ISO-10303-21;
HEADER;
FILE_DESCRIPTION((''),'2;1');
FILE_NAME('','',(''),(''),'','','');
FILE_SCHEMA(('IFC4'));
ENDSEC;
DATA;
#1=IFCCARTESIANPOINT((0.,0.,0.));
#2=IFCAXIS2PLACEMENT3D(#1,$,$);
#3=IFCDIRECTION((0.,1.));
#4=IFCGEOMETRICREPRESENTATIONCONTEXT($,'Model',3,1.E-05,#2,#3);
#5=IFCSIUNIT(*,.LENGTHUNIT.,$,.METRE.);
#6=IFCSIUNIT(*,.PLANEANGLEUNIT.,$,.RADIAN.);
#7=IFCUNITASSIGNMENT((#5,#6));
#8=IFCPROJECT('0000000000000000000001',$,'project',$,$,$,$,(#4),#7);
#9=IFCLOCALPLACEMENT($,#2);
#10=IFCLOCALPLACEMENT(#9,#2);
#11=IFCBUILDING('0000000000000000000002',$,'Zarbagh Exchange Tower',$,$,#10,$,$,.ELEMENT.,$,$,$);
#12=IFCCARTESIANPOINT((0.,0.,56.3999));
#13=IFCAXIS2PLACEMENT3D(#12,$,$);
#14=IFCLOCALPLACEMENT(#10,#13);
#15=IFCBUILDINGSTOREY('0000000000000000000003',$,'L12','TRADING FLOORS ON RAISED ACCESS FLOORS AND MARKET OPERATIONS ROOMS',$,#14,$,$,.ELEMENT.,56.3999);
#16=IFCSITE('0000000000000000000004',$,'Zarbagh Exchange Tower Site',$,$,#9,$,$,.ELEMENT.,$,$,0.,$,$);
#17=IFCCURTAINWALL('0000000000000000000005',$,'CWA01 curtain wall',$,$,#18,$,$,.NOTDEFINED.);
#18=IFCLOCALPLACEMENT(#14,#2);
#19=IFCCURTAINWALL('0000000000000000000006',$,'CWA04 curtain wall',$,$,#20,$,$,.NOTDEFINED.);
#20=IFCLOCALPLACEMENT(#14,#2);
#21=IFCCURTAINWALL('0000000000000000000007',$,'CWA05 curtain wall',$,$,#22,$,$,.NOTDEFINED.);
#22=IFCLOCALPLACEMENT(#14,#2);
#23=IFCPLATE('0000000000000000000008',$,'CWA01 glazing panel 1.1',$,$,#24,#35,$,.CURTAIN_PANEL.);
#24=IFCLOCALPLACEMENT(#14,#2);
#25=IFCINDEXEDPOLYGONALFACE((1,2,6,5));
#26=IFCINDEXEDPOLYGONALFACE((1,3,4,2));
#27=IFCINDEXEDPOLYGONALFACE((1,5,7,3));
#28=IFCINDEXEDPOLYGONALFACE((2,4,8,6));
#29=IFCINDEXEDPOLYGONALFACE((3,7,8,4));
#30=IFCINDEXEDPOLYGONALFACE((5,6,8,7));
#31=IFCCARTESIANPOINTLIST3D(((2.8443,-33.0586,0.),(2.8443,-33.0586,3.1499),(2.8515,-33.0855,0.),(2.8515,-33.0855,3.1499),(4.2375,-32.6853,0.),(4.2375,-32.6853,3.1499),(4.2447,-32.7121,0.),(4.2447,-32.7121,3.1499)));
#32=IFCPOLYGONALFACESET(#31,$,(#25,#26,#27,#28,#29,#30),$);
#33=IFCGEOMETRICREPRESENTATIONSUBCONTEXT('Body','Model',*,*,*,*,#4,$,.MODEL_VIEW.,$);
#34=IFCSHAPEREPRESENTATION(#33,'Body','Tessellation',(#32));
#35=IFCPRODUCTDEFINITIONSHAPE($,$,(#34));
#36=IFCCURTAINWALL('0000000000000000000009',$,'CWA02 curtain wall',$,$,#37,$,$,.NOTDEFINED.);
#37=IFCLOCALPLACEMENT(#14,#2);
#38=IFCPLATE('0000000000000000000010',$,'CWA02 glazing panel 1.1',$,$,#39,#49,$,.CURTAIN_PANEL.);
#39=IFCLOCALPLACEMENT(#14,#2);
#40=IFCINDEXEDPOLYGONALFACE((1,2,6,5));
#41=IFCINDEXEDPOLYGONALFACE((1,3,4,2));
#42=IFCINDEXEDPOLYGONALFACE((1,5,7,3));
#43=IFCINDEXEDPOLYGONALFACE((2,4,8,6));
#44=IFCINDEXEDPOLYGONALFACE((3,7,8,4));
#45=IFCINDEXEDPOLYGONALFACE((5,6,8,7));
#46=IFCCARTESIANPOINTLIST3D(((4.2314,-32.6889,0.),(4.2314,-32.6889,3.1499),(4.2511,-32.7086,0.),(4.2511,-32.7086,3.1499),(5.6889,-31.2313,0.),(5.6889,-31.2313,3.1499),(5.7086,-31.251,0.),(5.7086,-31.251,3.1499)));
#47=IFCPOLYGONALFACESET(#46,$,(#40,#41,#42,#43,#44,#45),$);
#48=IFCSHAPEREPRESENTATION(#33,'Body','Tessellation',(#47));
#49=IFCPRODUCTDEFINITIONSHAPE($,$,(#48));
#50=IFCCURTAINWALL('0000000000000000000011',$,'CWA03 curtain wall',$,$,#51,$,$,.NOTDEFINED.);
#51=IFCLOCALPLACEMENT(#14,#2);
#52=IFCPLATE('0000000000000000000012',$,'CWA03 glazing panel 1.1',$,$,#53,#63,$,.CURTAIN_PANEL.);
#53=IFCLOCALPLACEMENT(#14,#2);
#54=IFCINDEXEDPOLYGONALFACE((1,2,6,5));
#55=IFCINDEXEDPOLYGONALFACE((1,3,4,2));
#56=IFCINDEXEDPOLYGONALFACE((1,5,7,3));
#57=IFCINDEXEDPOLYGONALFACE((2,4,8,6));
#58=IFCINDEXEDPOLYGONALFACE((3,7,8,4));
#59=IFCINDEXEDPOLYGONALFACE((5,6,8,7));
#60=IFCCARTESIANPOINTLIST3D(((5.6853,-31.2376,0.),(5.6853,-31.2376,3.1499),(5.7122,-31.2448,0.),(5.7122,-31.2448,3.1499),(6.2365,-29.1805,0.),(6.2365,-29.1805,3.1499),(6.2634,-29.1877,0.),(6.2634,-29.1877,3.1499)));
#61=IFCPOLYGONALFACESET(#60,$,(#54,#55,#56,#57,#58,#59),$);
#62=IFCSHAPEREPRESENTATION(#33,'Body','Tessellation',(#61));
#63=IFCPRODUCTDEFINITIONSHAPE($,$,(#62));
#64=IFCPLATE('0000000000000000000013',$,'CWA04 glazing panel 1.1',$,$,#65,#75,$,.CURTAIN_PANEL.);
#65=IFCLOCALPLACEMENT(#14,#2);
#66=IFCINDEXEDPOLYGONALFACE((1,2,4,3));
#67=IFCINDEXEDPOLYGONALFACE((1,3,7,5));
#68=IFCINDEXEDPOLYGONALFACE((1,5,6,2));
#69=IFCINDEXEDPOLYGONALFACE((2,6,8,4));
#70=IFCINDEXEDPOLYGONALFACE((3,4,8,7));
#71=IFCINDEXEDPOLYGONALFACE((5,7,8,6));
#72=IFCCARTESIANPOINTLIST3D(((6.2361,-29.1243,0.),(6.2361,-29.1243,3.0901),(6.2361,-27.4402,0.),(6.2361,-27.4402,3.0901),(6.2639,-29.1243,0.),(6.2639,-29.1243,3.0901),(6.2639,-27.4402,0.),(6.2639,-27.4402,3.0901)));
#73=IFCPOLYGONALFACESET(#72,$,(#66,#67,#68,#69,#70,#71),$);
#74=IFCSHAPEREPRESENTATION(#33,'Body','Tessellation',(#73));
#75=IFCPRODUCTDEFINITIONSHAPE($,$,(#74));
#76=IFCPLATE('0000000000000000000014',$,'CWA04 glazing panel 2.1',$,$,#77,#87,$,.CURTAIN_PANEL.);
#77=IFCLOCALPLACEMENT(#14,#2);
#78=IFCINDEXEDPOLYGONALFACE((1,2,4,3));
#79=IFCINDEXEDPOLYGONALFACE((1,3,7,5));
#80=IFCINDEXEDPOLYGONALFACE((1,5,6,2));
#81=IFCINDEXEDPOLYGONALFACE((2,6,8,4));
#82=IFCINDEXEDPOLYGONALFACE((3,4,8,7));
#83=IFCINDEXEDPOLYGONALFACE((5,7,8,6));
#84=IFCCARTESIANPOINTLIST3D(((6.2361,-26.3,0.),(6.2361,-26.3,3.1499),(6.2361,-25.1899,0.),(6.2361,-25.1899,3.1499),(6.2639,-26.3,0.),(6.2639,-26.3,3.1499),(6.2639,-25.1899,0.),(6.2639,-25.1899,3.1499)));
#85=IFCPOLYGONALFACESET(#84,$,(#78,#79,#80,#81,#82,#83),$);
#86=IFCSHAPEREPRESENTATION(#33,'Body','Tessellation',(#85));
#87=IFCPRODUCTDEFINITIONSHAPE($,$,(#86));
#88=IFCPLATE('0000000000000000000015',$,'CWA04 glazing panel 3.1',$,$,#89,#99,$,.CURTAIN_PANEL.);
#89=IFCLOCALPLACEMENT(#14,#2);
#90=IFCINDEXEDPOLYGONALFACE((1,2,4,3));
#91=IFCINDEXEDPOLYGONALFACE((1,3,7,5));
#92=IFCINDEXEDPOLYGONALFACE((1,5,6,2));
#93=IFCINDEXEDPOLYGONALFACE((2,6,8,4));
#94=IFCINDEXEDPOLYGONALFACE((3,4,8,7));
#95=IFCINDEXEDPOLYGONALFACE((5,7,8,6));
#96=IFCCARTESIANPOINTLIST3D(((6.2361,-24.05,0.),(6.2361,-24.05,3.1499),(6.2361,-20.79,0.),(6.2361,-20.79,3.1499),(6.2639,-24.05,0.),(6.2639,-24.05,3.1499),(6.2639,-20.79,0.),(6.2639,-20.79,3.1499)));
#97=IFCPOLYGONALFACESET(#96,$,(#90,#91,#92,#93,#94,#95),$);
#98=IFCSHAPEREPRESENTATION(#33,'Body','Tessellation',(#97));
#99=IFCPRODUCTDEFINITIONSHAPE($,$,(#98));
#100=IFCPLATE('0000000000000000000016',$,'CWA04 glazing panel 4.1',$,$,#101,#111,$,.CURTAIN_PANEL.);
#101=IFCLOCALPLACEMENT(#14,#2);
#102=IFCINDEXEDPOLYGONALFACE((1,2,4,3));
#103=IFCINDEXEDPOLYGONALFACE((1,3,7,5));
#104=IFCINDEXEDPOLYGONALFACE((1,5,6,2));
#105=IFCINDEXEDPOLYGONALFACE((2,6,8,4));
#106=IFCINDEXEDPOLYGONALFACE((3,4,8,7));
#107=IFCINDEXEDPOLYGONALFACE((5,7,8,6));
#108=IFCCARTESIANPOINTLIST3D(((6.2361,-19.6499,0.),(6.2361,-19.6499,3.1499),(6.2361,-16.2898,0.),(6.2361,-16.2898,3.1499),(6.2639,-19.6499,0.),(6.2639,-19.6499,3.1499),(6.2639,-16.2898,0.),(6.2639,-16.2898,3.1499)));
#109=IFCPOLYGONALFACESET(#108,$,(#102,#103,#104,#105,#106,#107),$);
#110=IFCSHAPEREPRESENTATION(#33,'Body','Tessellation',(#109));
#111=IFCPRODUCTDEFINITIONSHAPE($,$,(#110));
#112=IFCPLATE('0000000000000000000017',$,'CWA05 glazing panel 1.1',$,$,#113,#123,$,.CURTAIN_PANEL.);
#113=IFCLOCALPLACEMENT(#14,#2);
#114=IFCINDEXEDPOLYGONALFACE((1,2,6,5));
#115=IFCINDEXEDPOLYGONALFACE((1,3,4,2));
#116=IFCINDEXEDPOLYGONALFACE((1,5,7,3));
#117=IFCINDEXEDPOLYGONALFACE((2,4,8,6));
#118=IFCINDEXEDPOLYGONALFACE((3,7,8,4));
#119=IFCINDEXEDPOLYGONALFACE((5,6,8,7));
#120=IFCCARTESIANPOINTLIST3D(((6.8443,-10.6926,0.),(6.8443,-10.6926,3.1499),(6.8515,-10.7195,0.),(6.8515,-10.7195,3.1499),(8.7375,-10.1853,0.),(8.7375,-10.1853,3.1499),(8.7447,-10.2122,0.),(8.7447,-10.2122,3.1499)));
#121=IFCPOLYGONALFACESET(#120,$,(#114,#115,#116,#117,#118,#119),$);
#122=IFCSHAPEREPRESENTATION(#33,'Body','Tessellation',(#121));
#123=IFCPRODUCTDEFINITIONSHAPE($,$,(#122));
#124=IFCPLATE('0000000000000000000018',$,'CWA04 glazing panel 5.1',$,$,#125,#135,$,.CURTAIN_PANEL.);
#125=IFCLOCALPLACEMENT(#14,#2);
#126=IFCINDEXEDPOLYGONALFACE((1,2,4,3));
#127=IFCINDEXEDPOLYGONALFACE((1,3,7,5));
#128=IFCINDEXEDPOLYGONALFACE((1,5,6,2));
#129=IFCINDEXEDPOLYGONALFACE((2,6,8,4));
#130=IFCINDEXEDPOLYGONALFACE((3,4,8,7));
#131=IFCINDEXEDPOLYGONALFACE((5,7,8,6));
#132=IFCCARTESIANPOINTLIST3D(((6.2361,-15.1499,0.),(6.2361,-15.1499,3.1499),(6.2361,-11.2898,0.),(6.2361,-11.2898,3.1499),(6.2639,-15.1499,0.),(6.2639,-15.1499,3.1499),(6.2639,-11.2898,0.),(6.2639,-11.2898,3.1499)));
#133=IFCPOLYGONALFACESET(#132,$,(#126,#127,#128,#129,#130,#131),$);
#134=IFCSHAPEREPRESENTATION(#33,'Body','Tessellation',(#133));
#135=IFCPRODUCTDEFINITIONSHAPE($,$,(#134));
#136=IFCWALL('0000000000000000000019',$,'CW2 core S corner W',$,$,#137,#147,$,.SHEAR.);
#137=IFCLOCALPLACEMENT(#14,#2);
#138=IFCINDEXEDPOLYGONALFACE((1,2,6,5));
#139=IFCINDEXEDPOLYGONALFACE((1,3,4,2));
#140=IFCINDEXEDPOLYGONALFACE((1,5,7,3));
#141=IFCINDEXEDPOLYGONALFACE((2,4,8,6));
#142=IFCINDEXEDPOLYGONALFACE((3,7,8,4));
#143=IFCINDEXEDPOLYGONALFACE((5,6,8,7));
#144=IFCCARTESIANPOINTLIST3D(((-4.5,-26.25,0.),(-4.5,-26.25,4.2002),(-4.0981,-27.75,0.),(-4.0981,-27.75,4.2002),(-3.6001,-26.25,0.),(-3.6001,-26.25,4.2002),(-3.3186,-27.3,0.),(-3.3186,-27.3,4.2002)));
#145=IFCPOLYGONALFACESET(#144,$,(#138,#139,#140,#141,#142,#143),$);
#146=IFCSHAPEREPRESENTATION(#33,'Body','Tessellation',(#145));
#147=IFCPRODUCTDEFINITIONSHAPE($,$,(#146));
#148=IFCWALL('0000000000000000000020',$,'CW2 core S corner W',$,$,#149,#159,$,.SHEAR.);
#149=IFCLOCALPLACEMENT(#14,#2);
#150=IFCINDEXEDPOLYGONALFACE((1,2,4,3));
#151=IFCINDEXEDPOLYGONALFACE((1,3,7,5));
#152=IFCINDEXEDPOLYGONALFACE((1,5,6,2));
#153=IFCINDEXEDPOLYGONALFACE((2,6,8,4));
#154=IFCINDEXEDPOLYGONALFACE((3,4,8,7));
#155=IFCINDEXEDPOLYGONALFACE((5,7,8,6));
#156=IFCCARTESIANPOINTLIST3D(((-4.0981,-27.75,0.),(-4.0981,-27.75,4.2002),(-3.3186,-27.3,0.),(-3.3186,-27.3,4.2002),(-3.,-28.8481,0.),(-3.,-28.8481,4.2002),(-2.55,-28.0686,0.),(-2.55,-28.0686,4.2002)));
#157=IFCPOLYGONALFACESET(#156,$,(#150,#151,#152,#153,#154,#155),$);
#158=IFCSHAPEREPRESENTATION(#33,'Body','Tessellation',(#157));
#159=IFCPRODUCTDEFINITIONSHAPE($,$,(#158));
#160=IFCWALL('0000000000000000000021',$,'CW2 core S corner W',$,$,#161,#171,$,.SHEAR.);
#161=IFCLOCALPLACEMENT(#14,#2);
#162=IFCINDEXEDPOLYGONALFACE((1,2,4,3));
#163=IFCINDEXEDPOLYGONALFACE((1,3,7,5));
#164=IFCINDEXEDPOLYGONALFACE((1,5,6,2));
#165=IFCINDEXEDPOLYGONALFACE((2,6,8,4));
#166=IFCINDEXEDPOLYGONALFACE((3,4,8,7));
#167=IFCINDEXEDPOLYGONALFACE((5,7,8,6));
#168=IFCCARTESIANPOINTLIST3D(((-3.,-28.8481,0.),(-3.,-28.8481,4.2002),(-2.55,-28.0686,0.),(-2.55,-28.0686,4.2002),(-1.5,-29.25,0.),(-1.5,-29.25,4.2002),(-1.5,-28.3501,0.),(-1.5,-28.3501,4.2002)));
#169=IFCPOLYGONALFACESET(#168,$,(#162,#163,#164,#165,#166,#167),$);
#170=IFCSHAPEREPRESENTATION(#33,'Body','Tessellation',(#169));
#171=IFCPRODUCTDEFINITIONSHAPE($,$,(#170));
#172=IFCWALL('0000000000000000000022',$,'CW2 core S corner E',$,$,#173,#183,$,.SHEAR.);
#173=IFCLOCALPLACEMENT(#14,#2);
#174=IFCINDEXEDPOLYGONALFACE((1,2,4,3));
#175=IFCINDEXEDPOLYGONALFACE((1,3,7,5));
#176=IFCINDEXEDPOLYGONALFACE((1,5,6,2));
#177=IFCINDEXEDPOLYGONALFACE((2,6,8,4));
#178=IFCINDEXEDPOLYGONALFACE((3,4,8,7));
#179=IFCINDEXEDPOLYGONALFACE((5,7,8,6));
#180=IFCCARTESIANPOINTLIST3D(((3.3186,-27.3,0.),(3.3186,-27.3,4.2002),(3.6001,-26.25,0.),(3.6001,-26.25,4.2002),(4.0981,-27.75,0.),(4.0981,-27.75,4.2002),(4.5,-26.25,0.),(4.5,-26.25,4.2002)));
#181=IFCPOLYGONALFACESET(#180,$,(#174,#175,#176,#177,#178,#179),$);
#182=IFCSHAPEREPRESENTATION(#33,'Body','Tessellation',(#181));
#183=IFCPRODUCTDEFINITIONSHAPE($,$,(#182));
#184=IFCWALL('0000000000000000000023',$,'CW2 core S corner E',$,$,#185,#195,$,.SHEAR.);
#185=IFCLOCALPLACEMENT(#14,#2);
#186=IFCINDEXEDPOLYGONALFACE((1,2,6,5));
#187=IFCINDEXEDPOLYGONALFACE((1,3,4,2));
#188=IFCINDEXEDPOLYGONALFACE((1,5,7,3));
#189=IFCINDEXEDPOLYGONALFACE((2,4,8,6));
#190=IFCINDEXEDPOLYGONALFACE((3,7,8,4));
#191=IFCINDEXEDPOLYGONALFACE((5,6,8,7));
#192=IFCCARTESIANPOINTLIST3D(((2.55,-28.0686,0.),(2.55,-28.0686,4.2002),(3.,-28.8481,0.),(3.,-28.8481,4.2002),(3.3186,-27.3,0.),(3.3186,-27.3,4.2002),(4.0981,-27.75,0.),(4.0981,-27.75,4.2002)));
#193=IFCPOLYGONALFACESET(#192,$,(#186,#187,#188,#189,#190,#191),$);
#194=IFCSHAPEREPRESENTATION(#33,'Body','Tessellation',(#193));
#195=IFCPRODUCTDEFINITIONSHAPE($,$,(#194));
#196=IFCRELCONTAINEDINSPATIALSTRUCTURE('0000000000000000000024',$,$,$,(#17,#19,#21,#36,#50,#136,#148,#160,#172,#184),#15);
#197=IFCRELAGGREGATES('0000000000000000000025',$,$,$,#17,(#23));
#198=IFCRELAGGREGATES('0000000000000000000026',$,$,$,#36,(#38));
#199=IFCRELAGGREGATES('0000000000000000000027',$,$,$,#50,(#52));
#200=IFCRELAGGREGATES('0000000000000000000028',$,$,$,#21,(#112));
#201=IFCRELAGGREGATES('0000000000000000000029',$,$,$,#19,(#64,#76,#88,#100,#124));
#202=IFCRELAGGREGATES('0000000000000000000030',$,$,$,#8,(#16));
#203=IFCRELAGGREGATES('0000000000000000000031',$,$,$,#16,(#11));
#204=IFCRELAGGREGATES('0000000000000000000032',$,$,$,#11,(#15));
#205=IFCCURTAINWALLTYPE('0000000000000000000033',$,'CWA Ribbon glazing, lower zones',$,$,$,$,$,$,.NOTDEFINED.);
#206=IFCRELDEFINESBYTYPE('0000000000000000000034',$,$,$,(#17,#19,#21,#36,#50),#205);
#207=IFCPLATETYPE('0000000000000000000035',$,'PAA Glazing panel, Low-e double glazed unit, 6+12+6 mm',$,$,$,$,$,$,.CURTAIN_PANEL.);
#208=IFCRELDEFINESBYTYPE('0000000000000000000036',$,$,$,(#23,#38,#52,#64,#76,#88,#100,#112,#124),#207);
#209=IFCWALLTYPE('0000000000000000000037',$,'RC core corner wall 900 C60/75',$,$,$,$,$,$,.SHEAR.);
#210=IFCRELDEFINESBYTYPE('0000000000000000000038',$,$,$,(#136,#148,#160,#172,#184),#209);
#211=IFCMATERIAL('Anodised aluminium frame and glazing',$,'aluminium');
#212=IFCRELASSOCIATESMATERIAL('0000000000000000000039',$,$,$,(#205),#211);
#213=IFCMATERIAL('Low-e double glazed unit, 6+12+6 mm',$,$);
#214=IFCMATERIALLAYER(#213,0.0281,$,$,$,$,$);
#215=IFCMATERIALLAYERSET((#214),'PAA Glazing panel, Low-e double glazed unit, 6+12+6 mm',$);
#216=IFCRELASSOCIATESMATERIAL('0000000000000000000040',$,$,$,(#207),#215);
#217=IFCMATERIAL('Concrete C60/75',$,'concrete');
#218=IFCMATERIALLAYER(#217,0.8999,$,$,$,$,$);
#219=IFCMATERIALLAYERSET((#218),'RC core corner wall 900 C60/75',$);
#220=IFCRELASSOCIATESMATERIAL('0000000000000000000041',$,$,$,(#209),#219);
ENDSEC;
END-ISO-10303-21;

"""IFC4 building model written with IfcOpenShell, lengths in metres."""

from ifc_helpers import new_model, si_unit, direction, frame, origin, place, context, subcontext, project, spatial, polyline, outline, extrude, source, transform, mapped, material, layer, layer_set, type_object, element, aggregate, save


model = new_model("IFC4")

# Units and contexts
model_context = context("Model", 3, precision=1e-05, world=origin(), true_north=direction((0.0, 1.0)))
body_context = subcontext(model_context, "Body", "Model", "MODEL_VIEW")
ifc_project = project(units=[si_unit("LENGTHUNIT", "METRE"), si_unit("PLANEANGLEUNIT", "RADIAN")], contexts=[model_context])

# Site, building, storey
site_placement = place(None, origin())
site = spatial("IfcSite", under=ifc_project, at=site_placement, Name="Zarbagh Exchange Tower Site", CompositionType="ELEMENT", RefElevation=0.0)
building_placement = place(site_placement, origin())
building = spatial("IfcBuilding", under=site, at=building_placement, Name="Zarbagh Exchange Tower", CompositionType="ELEMENT")
storey_placement = place(building_placement, frame((0.0, 0.0, 56.3999)))
storey = spatial("IfcBuildingStorey", under=building, at=storey_placement, Name="L12", Description="TRADING FLOORS ON RAISED ACCESS FLOORS AND MARKET OPERATIONS ROOMS", CompositionType="ELEMENT", Elevation=56.3999)

# Curtain wall
ifc_material_1 = material(Name="Anodised aluminium frame and glazing", Category="aluminium")
curtain_wall_type = type_object("IfcCurtainWallType", Name="CWA Ribbon glazing, lower zones", PredefinedType="NOTDEFINED", material=ifc_material_1)
curtain_wall_1_placement = place(storey_placement, origin())
curtain_wall_1 = element("IfcCurtainWall", 1, at=curtain_wall_1_placement, inside=storey, type_object=curtain_wall_type, Name="CWA01 curtain wall", PredefinedType="NOTDEFINED")
placement = place(storey_placement, origin())

# Curtain wall
curtain_wall_2_placement = place(storey_placement, origin())
curtain_wall_2 = element("IfcCurtainWall", 2, at=curtain_wall_2_placement, inside=storey, type_object=curtain_wall_type, Name="CWA04 curtain wall", PredefinedType="NOTDEFINED")

# Curtain wall
curtain_wall_3_placement = place(storey_placement, origin())
curtain_wall_3 = element("IfcCurtainWall", 3, at=curtain_wall_3_placement, inside=storey, type_object=curtain_wall_type, Name="CWA05 curtain wall", PredefinedType="NOTDEFINED")

# Plate
ifc_material_2 = material(Name="Low-e double glazed unit, 6+12+6 mm")
ifc_layer_1 = layer(ifc_material_2, 0.0281)
ifc_layer_set_1 = layer_set([ifc_layer_1], Name="PAA Glazing panel, Low-e double glazed unit, 6+12+6 mm")
plate_type = type_object("IfcPlateType", Name="PAA Glazing panel, Low-e double glazed unit, 6+12+6 mm", PredefinedType="CURTAIN_PANEL", material=ifc_layer_set_1)
shared_shape_1 = source(origin(), body_context, "Body", "SweptSolid", [
    extrude(outline(polyline([(0.0, -0.0139), (1.4424, -0.0139), (1.4424, 0.0139), (0.0, 0.0139), (0.0, -0.0139)])), origin(), (0.0, 0.0, 1.0), 3.1499),
])
plate_1 = element("IfcPlate", 4, at=placement, type_object=plate_type, Name="CWA01 glazing panel 1.1", PredefinedType="CURTAIN_PANEL", context=body_context, shape_type="MappedRepresentation", body=[
    mapped(shared_shape_1, transform((2.8479, -33.072, 0.0), x_axis=(0.965924, 0.258825, 0.0), y_axis=(-0.258825, 0.965924, 0.0), z_axis=(0.0, 0.0, 1.0))),
])
aggregate(curtain_wall_1, [plate_1])

# Curtain walls, plates
curtain_wall_4_placement = place(storey_placement, origin())
curtain_wall_4 = element("IfcCurtainWall", 5, at=curtain_wall_4_placement, inside=storey, type_object=curtain_wall_type, Name="CWA02 curtain wall", PredefinedType="NOTDEFINED")
shared_shape_2 = source(origin(), body_context, "Body", "SweptSolid", [
    extrude(outline(polyline([(0.0, -0.0139), (2.0613, -0.0139), (2.0613, 0.0139), (0.0, 0.0139), (0.0, -0.0139)])), origin(), (0.0, 0.0, 1.0), 3.1499),
])
plate_2 = element("IfcPlate", 6, at=placement, type_object=plate_type, Name="CWA02 glazing panel 1.1", PredefinedType="CURTAIN_PANEL", context=body_context, shape_type="MappedRepresentation", body=[
    mapped(shared_shape_2, transform((4.2412, -32.6987, 0.0), x_axis=(0.707107, 0.707107, 0.0), y_axis=(-0.707107, 0.707107, 0.0), z_axis=(0.0, 0.0, 1.0))),
])
aggregate(curtain_wall_4, [plate_2])
curtain_wall_5_placement = place(storey_placement, origin())
curtain_wall_5 = element("IfcCurtainWall", 7, at=curtain_wall_5_placement, inside=storey, type_object=curtain_wall_type, Name="CWA03 curtain wall", PredefinedType="NOTDEFINED")
shared_shape_3 = source(origin(), body_context, "Body", "SweptSolid", [
    extrude(outline(polyline([(0.0, -0.0139), (2.1296, -0.0139), (2.1296, 0.0139), (0.0, 0.0139), (0.0, -0.0139)])), origin(), (0.0, 0.0, 1.0), 3.1499),
])
plate_3 = element("IfcPlate", 8, at=placement, type_object=plate_type, Name="CWA03 glazing panel 1.1", PredefinedType="CURTAIN_PANEL", context=body_context, shape_type="MappedRepresentation", body=[
    mapped(shared_shape_3, transform((5.6987, -31.2412, 0.0), x_axis=(0.258825, 0.965924, 0.0), y_axis=(-0.965924, 0.258825, 0.0), z_axis=(0.0, 0.0, 1.0))),
])
aggregate(curtain_wall_5, [plate_3])

# Plates
shared_shape_4 = source(origin(), body_context, "Body", "SweptSolid", [
    extrude(outline(polyline([(0.0, -0.0139), (1.6841, -0.0139), (1.6841, 0.0139), (0.0, 0.0139), (0.0, -0.0139)])), origin(), (0.0, 0.0, 1.0), 3.0901),
])
plate_4 = element("IfcPlate", 9, at=placement, type_object=plate_type, Name="CWA04 glazing panel 1.1", PredefinedType="CURTAIN_PANEL", context=body_context, shape_type="MappedRepresentation", body=[
    mapped(shared_shape_4, transform((6.25, -29.1243, 0.0), x_axis=(0.0, 1.0, 0.0), y_axis=(-1.0, 0.0, 0.0), z_axis=(0.0, 0.0, 1.0))),
])
shared_shape_5 = source(origin(), body_context, "Body", "SweptSolid", [
    extrude(outline(polyline([(0.0, -0.0139), (1.1101, -0.0139), (1.1101, 0.0139), (0.0, 0.0139), (0.0, -0.0139)])), origin(), (0.0, 0.0, 1.0), 3.1499),
])
plate_5 = element("IfcPlate", 10, at=placement, type_object=plate_type, Name="CWA04 glazing panel 2.1", PredefinedType="CURTAIN_PANEL", context=body_context, shape_type="MappedRepresentation", body=[
    mapped(shared_shape_5, transform((6.25, -26.3, 0.0), x_axis=(0.0, 1.0, 0.0), y_axis=(-1.0, 0.0, 0.0), z_axis=(0.0, 0.0, 1.0))),
])
shared_shape_6 = source(origin(), body_context, "Body", "SweptSolid", [
    extrude(outline(polyline([(0.0, -0.0139), (3.26, -0.0139), (3.26, 0.0139), (0.0, 0.0139), (0.0, -0.0139)])), origin(), (0.0, 0.0, 1.0), 3.1499),
])
plate_6 = element("IfcPlate", 11, at=placement, type_object=plate_type, Name="CWA04 glazing panel 3.1", PredefinedType="CURTAIN_PANEL", context=body_context, shape_type="MappedRepresentation", body=[
    mapped(shared_shape_6, transform((6.25, -24.05, 0.0), x_axis=(0.0, 1.0, 0.0), y_axis=(-1.0, 0.0, 0.0), z_axis=(0.0, 0.0, 1.0))),
])
shared_shape_7 = source(origin(), body_context, "Body", "SweptSolid", [
    extrude(outline(polyline([(0.0, -0.0139), (3.3601, -0.0139), (3.3601, 0.0139), (0.0, 0.0139), (0.0, -0.0139)])), origin(), (0.0, 0.0, 1.0), 3.1499),
])
plate_7 = element("IfcPlate", 12, at=placement, type_object=plate_type, Name="CWA04 glazing panel 4.1", PredefinedType="CURTAIN_PANEL", context=body_context, shape_type="MappedRepresentation", body=[
    mapped(shared_shape_7, transform((6.25, -19.6499, 0.0), x_axis=(0.0, 1.0, 0.0), y_axis=(-1.0, 0.0, 0.0), z_axis=(0.0, 0.0, 1.0))),
])
shared_shape_8 = source(origin(), body_context, "Body", "SweptSolid", [
    extrude(outline(polyline([(0.0, -0.0139), (1.96, -0.0139), (1.96, 0.0139), (0.0, 0.0139), (0.0, -0.0139)])), origin(), (0.0, 0.0, 1.0), 3.1499),
])
plate_8 = element("IfcPlate", 13, at=placement, type_object=plate_type, Name="CWA05 glazing panel 1.1", PredefinedType="CURTAIN_PANEL", context=body_context, shape_type="MappedRepresentation", body=[
    mapped(shared_shape_8, transform((6.8479, -10.7061, 0.0), x_axis=(0.965924, 0.258825, 0.0), y_axis=(-0.258825, 0.965924, 0.0), z_axis=(0.0, 0.0, 1.0))),
])
aggregate(curtain_wall_3, [plate_8])
shared_shape_9 = source(origin(), body_context, "Body", "SweptSolid", [
    extrude(outline(polyline([(0.0, -0.0139), (3.8601, -0.0139), (3.8601, 0.0139), (0.0, 0.0139), (0.0, -0.0139)])), origin(), (0.0, 0.0, 1.0), 3.1499),
])
plate_9 = element("IfcPlate", 14, at=placement, type_object=plate_type, Name="CWA04 glazing panel 5.1", PredefinedType="CURTAIN_PANEL", context=body_context, shape_type="MappedRepresentation", body=[
    mapped(shared_shape_9, transform((6.25, -15.1499, 0.0), x_axis=(0.0, 1.0, 0.0), y_axis=(-1.0, 0.0, 0.0), z_axis=(0.0, 0.0, 1.0))),
])
aggregate(curtain_wall_2, [plate_4, plate_5, plate_6, plate_7, plate_9])

# Walls
ifc_material_3 = material(Name="Concrete C60/75", Category="concrete")
ifc_layer_2 = layer(ifc_material_3, 0.8999)
ifc_layer_set_2 = layer_set([ifc_layer_2], Name="RC core corner wall 900 C60/75")
wall_type = type_object("IfcWallType", Name="RC core corner wall 900 C60/75", PredefinedType="SHEAR", material=ifc_layer_set_2)
wall_1_placement = place(storey_placement, origin())
element("IfcWall", 15, at=wall_1_placement, inside=storey, type_object=wall_type, Name="CW2 core S corner W", PredefinedType="SHEAR", context=body_context, shape_type="SweptSolid", body=[
    extrude(outline(polyline([(-4.5, -26.25), (-4.0981, -27.75), (-3.3186, -27.3), (-3.6001, -26.25), (-4.5, -26.25)])), origin(), (0.0, 0.0, 1.0), 4.2002),
])
wall_2_placement = place(storey_placement, origin())
element("IfcWall", 16, at=wall_2_placement, inside=storey, type_object=wall_type, Name="CW2 core S corner W", PredefinedType="SHEAR", context=body_context, shape_type="SweptSolid", body=[
    extrude(outline(polyline([(-4.0981, -27.75), (-3.0, -28.8481), (-2.55, -28.0686), (-3.3186, -27.3), (-4.0981, -27.75)])), origin(), (0.0, 0.0, 1.0), 4.2002),
])
wall_3_placement = place(storey_placement, origin())
element("IfcWall", 17, at=wall_3_placement, inside=storey, type_object=wall_type, Name="CW2 core S corner W", PredefinedType="SHEAR", context=body_context, shape_type="SweptSolid", body=[
    extrude(outline(polyline([(-3.0, -28.8481), (-1.5, -29.25), (-1.5, -28.3501), (-2.55, -28.0686), (-3.0, -28.8481)])), origin(), (0.0, 0.0, 1.0), 4.2002),
])
wall_4_placement = place(storey_placement, origin())
element("IfcWall", 18, at=wall_4_placement, inside=storey, type_object=wall_type, Name="CW2 core S corner E", PredefinedType="SHEAR", context=body_context, shape_type="SweptSolid", body=[
    extrude(outline(polyline([(4.5, -26.25), (4.0981, -27.75), (3.3186, -27.3), (3.6001, -26.25), (4.5, -26.25)])), origin(), (0.0, 0.0, 1.0), 4.2002),
])
wall_5_placement = place(storey_placement, origin())
element("IfcWall", 19, at=wall_5_placement, inside=storey, type_object=wall_type, Name="CW2 core S corner E", PredefinedType="SHEAR", context=body_context, shape_type="SweptSolid", body=[
    extrude(outline(polyline([(4.0981, -27.75), (3.0, -28.8481), (2.55, -28.0686), (3.3186, -27.3), (4.0981, -27.75)])), origin(), (0.0, 0.0, 1.0), 4.2002),
])

save(model, "model.ifc")
